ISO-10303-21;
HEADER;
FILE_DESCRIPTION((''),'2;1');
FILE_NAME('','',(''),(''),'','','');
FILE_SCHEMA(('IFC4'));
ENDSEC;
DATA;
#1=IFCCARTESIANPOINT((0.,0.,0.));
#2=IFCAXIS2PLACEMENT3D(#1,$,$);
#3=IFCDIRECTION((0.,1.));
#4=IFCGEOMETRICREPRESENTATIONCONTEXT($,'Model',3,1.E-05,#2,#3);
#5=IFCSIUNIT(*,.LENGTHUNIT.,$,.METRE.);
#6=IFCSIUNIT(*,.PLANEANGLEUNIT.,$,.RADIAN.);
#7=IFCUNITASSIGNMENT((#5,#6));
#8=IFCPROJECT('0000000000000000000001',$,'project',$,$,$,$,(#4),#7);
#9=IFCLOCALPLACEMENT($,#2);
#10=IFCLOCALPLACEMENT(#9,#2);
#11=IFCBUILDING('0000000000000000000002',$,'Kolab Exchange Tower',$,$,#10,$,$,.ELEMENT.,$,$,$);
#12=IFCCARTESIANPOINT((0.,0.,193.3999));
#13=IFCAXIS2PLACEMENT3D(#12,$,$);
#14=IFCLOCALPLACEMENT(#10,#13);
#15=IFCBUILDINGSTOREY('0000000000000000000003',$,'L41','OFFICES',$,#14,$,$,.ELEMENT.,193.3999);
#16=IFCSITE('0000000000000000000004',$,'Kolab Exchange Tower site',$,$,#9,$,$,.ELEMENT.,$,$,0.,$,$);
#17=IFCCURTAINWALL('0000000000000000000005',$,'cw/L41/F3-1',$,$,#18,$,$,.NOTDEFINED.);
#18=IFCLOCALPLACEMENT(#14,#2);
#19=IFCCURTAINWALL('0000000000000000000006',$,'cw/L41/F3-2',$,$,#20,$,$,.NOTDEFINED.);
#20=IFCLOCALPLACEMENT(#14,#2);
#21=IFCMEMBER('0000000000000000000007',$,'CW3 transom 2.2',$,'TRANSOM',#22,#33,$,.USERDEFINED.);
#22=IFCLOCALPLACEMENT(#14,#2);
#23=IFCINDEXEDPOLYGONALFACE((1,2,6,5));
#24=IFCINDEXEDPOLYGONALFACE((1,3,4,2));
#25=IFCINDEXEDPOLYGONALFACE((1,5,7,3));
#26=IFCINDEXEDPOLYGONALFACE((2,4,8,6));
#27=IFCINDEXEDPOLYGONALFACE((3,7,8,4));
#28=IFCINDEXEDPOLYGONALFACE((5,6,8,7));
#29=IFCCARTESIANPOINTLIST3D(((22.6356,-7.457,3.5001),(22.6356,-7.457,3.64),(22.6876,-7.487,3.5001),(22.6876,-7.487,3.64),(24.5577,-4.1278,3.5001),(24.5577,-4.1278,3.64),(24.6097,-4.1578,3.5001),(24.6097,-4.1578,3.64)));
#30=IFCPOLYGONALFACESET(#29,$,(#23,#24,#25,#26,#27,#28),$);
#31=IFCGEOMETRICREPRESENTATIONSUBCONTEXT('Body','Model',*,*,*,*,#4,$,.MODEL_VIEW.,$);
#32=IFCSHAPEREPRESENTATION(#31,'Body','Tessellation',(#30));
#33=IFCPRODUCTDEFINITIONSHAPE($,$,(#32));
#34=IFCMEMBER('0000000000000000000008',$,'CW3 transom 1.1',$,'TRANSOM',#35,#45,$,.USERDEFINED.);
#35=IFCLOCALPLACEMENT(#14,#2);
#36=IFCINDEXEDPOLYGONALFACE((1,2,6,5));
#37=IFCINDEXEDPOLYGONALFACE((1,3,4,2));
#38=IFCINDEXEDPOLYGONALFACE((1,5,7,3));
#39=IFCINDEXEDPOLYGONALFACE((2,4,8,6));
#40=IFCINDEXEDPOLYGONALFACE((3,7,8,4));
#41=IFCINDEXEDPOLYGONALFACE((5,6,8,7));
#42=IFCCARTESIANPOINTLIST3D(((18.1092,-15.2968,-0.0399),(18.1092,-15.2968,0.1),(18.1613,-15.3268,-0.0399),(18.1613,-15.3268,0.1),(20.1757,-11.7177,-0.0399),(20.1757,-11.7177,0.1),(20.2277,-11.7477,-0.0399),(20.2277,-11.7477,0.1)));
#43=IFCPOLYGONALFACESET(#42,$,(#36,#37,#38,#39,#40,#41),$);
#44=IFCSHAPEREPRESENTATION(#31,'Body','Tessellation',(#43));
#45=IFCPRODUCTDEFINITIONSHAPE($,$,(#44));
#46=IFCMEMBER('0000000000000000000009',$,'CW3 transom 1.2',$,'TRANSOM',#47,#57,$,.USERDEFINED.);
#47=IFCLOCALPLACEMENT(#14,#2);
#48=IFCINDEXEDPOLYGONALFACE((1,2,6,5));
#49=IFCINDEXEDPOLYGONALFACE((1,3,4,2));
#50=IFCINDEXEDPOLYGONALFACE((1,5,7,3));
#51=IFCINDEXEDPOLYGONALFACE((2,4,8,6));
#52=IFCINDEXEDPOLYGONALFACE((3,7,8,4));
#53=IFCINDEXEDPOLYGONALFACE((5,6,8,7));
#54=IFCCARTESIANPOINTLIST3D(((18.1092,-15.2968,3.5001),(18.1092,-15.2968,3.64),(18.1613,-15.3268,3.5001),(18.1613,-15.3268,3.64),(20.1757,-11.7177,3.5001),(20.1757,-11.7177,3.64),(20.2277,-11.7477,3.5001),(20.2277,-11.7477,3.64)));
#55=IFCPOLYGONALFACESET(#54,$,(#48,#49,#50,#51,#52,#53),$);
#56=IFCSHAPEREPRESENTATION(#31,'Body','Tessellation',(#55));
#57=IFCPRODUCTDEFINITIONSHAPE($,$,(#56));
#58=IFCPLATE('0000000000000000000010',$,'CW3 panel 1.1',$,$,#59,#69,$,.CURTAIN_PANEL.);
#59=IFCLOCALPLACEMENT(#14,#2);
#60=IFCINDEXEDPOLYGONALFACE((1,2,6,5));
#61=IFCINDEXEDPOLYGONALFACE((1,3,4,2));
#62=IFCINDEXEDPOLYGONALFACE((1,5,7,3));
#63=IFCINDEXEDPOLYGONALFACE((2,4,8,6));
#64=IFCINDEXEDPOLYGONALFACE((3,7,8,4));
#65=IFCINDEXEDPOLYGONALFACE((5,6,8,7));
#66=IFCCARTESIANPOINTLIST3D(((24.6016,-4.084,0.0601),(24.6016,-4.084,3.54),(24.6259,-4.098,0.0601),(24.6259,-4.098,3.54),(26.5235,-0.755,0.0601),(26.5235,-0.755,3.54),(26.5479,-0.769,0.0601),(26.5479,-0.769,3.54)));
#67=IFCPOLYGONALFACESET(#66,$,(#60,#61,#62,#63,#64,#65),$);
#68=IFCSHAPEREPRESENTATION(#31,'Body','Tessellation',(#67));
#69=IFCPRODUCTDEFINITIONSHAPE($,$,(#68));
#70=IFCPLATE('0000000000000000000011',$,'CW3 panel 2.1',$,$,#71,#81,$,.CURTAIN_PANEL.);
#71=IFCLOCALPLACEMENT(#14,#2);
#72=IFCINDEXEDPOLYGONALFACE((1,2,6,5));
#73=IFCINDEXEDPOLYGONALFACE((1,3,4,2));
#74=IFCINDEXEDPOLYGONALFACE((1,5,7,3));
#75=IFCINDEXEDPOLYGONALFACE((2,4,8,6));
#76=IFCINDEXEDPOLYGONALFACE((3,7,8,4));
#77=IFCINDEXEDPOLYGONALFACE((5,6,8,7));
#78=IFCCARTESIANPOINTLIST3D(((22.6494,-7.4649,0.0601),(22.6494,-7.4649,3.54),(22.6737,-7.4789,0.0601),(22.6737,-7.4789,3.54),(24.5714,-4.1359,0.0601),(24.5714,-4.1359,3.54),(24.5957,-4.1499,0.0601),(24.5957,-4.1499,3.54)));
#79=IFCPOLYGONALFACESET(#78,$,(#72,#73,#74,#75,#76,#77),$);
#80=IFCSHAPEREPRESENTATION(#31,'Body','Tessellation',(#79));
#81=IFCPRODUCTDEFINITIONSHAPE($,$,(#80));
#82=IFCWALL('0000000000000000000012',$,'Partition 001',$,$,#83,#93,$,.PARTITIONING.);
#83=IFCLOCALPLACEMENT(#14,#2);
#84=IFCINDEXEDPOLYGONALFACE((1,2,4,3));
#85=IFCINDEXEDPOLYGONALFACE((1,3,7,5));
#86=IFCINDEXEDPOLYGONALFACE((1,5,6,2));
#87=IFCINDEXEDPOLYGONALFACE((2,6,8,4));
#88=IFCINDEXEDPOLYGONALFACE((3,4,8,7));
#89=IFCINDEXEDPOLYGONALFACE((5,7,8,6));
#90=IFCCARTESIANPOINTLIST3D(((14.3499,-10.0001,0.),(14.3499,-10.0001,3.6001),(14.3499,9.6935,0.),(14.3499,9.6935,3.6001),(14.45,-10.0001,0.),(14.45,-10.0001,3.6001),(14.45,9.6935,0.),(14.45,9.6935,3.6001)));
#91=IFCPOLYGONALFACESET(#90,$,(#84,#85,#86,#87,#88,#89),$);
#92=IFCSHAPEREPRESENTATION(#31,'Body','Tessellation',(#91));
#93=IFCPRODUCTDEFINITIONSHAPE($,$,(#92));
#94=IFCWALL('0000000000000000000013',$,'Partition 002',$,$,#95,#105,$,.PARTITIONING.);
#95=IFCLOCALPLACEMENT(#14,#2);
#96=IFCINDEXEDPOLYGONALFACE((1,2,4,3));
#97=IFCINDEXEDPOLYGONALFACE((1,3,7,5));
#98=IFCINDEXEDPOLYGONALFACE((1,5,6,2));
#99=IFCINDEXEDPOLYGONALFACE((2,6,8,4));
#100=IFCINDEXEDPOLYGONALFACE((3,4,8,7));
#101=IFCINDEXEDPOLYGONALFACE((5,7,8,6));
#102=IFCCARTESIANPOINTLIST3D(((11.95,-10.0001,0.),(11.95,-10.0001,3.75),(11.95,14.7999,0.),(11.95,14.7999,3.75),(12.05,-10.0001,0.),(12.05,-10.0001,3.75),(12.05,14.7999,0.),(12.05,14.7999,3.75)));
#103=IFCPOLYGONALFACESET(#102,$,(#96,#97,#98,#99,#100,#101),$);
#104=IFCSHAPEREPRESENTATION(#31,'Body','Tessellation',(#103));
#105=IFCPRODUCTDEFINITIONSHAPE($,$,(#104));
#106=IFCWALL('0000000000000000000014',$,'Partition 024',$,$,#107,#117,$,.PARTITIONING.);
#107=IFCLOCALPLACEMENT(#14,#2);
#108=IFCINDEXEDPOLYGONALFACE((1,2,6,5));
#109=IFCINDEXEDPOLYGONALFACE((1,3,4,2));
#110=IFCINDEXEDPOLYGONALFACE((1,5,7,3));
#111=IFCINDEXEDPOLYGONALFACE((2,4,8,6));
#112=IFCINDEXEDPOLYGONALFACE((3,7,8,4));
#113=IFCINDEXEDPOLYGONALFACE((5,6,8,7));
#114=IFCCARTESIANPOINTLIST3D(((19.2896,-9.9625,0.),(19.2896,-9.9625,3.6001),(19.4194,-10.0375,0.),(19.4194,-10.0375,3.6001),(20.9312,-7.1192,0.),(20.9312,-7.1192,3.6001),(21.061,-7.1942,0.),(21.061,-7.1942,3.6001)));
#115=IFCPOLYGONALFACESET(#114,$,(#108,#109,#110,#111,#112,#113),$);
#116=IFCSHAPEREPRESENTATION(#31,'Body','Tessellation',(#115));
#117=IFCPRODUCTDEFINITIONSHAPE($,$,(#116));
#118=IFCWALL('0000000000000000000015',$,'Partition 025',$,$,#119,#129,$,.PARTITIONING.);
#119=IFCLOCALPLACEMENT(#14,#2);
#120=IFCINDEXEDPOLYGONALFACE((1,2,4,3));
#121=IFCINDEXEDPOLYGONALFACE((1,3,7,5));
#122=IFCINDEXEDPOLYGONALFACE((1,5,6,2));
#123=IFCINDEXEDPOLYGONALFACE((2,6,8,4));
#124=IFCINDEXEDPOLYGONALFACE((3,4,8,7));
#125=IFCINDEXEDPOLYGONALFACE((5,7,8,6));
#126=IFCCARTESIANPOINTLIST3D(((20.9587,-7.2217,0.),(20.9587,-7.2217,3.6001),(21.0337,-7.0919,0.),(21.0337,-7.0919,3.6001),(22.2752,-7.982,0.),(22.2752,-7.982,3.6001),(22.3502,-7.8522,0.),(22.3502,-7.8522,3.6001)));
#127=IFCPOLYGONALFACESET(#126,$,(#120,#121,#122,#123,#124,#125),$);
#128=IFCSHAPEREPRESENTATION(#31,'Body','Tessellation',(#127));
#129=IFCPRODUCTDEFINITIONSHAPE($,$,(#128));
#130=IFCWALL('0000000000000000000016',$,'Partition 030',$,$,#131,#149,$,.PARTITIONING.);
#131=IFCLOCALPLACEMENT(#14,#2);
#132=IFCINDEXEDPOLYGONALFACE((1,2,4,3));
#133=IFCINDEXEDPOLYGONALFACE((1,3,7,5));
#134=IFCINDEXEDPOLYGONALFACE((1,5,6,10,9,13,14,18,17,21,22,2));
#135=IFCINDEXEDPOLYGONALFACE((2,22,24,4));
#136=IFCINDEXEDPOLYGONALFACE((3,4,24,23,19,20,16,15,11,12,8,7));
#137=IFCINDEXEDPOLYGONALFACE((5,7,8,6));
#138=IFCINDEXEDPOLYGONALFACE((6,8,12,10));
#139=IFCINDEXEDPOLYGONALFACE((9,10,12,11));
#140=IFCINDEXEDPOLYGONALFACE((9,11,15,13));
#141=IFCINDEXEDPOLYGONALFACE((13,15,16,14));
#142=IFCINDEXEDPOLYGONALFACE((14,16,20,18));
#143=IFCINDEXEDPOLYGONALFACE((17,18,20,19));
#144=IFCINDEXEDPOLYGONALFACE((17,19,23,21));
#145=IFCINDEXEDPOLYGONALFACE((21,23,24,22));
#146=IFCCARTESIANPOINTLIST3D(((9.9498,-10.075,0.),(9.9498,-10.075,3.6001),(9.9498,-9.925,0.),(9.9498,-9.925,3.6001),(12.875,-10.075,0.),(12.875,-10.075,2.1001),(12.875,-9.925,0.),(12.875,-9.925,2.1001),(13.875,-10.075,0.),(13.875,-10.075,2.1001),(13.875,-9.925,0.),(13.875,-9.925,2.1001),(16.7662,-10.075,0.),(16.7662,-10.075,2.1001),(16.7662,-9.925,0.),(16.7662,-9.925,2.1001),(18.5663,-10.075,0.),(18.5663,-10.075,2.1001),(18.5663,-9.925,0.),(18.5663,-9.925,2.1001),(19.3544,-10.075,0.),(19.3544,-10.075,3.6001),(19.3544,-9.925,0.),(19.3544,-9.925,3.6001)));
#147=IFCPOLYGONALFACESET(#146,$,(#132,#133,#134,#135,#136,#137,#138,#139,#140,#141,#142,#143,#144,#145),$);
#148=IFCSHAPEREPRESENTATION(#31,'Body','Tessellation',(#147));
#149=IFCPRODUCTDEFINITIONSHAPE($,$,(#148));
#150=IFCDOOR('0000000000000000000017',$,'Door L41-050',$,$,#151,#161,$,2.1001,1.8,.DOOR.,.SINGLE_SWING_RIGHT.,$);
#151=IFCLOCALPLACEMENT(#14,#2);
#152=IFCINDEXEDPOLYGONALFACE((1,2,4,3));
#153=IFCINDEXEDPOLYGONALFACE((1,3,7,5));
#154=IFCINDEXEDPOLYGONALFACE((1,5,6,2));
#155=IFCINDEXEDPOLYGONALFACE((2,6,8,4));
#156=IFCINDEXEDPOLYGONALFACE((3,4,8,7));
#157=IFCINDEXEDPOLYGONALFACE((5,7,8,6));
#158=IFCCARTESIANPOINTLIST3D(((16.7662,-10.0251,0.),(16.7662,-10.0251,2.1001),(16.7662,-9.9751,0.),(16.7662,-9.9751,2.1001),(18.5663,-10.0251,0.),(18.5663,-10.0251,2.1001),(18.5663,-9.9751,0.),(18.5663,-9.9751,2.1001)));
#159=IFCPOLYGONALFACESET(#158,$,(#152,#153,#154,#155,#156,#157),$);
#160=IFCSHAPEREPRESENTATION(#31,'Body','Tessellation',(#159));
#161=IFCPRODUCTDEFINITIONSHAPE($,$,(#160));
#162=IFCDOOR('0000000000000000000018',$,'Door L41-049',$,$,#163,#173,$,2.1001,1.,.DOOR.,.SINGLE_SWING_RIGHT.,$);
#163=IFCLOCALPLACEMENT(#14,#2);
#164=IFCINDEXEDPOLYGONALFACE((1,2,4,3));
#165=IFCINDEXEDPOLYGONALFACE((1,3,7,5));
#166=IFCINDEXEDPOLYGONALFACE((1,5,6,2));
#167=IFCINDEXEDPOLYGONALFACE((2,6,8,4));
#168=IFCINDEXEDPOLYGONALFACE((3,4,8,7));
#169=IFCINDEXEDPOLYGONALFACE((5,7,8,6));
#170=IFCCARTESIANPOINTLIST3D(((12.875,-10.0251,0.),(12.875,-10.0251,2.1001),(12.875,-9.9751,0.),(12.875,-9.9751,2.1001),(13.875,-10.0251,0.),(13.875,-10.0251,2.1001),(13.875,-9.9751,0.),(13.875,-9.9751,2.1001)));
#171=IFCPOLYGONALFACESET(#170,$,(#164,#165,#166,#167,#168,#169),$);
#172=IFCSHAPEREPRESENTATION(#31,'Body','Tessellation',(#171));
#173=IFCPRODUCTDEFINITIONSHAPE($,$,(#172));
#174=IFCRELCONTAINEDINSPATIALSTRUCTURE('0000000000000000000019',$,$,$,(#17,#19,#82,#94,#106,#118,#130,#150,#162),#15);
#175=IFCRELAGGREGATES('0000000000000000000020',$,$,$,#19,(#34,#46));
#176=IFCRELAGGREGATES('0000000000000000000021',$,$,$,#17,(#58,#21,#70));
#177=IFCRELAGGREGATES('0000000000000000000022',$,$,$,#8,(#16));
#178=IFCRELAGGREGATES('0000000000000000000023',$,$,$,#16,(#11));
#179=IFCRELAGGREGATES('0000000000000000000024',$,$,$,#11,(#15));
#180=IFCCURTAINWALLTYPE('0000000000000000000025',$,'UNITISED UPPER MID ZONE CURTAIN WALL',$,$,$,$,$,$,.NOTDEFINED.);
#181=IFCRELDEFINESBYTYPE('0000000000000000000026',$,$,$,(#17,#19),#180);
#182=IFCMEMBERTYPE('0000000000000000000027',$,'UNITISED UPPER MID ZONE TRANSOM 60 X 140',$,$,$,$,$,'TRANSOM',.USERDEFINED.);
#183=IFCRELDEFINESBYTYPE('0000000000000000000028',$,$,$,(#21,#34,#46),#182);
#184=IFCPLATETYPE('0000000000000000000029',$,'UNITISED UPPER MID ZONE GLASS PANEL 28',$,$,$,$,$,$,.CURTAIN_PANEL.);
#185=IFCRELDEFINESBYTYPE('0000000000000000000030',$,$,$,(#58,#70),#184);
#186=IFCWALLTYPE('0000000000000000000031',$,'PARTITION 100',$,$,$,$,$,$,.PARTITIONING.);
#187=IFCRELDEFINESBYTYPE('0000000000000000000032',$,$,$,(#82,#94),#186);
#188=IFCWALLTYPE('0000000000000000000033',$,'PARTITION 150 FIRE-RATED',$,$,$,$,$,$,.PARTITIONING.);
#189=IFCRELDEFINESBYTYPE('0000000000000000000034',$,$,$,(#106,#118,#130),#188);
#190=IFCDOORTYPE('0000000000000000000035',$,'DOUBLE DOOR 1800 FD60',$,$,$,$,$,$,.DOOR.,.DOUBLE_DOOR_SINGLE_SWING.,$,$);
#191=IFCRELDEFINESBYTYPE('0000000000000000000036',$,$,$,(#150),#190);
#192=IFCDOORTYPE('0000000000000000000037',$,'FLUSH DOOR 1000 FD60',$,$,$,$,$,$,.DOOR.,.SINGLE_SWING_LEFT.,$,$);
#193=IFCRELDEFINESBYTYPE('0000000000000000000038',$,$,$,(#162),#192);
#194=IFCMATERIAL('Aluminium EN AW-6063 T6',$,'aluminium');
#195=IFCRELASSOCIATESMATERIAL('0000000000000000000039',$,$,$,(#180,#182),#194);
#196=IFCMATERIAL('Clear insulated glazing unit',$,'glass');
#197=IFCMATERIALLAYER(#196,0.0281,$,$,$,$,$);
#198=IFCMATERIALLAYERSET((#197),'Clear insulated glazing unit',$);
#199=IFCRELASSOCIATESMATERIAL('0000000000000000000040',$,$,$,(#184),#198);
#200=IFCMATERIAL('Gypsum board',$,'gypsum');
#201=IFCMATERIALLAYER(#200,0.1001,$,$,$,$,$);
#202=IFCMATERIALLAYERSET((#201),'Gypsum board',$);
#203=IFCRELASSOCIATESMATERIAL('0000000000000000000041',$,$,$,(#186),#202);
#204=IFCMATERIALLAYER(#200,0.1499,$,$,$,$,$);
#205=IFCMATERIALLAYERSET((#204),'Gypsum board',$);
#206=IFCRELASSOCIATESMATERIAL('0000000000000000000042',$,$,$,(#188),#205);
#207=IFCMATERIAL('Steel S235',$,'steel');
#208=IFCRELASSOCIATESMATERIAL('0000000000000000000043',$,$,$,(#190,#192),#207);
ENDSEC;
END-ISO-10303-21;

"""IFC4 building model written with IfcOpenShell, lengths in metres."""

from ifc_helpers import new_model, si_unit, direction, frame, frame_2d, origin, origin_2d, place, context, subcontext, project, spatial, rectangle, extrude, material, layer, layer_set, material_profile, profile_set, type_object, element, fill, aggregate, save


model = new_model("IFC4")

# Units and contexts
model_context = context("Model", 3, precision=1e-05, world=origin(), true_north=direction((0.0, 1.0)))
body_context = subcontext(model_context, "Body", "Model", "MODEL_VIEW")
ifc_project = project(units=[si_unit("LENGTHUNIT", "METRE"), si_unit("PLANEANGLEUNIT", "RADIAN")], contexts=[model_context])

# Site, building, storey
site_placement = place(None, origin())
site = spatial("IfcSite", under=ifc_project, at=site_placement, Name="Kolab Exchange Tower site", CompositionType="ELEMENT", RefElevation=0.0)
building_placement = place(site_placement, origin())
building = spatial("IfcBuilding", under=site, at=building_placement, Name="Kolab Exchange Tower", CompositionType="ELEMENT")
storey_placement = place(building_placement, frame((0.0, 0.0, 193.3999)))
storey = spatial("IfcBuildingStorey", under=building, at=storey_placement, Name="L41", Description="OFFICES", CompositionType="ELEMENT", Elevation=193.3999)

# Curtain wall
ifc_material_1 = material(Name="Aluminium EN AW-6063 T6", Category="aluminium")
curtain_wall_type = type_object("IfcCurtainWallType", Name="UNITISED UPPER MID ZONE CURTAIN WALL", PredefinedType="NOTDEFINED", material=ifc_material_1)
curtain_wall_1_placement = place(storey_placement, origin())
curtain_wall_1 = element("IfcCurtainWall", 1, at=curtain_wall_1_placement, inside=storey, type_object=curtain_wall_type, Name="cw/L41/F3-1", PredefinedType="NOTDEFINED")

# Curtain wall
curtain_wall_2_placement = place(storey_placement, origin())
curtain_wall_2 = element("IfcCurtainWall", 2, at=curtain_wall_2_placement, inside=storey, type_object=curtain_wall_type, Name="cw/L41/F3-2", PredefinedType="NOTDEFINED")

# Members
ifc_material_profile_1 = material_profile(ifc_material_1, rectangle(XDim=0.0601, YDim=0.1399, at=origin_2d()), Name="RECT 60X140")
ifc_profile_set_1 = profile_set([ifc_material_profile_1], Name="Aluminium EN AW-6063 T6")
member_type_1 = type_object("IfcMemberType", Name="UNITISED UPPER MID ZONE TRANSOM 60 X 140", ElementType="TRANSOM", PredefinedType="USERDEFINED", material=ifc_profile_set_1)
member_1_placement = place(storey_placement, frame((24.5837, -4.1428, 3.5701), z_axis=(-0.500012, -0.866018, 0.0), x_axis=(0.866018, -0.500012, 0.0)))
member_1 = element("IfcMember", 3, at=member_1_placement, type_object=member_type_1, Name="CW3 transom 2.2", ObjectType="TRANSOM", PredefinedType="USERDEFINED", context=body_context, shape_type="SweptSolid", body=[
    extrude(rectangle(XDim=0.0601, YDim=0.1399, at=origin_2d()), origin(), (0.0, 0.0, 1.0), 3.8442),
])
member_2_placement = place(storey_placement, frame((20.2017, -11.7327, 0.03), z_axis=(-0.500002, -0.866024, 0.0), x_axis=(0.866024, -0.500002, 0.0)))
member_2 = element("IfcMember", 4, at=member_2_placement, type_object=member_type_1, Name="CW3 transom 1.1", ObjectType="TRANSOM", PredefinedType="USERDEFINED", context=body_context, shape_type="SweptSolid", body=[
    extrude(rectangle(XDim=0.0601, YDim=0.1399, at=origin_2d()), origin(), (0.0, 0.0, 1.0), 4.1328),
])
member_3_placement = place(storey_placement, frame((20.2017, -11.7327, 3.5701), z_axis=(-0.500002, -0.866024, 0.0), x_axis=(0.866024, -0.500002, 0.0)))
member_3 = element("IfcMember", 5, at=member_3_placement, type_object=member_type_1, Name="CW3 transom 1.2", ObjectType="TRANSOM", PredefinedType="USERDEFINED", context=body_context, shape_type="SweptSolid", body=[
    extrude(rectangle(XDim=0.0601, YDim=0.1399, at=origin_2d()), origin(), (0.0, 0.0, 1.0), 4.1328),
])
aggregate(curtain_wall_2, [member_2, member_3])

# Plates
ifc_material_2 = material(Name="Clear insulated glazing unit", Category="glass")
ifc_layer_1 = layer(ifc_material_2, 0.0281)
ifc_layer_set_1 = layer_set([ifc_layer_1], Name="Clear insulated glazing unit")
plate_type = type_object("IfcPlateType", Name="UNITISED UPPER MID ZONE GLASS PANEL 28", PredefinedType="CURTAIN_PANEL", material=ifc_layer_set_1)
plate_1_placement = place(storey_placement, frame((25.5747, -2.4265, 0.0601), z_axis=(0.0, 0.0, 1.0), x_axis=(-0.5, -0.866025, 0.0)))
plate_1 = element("IfcPlate", 6, at=plate_1_placement, type_object=plate_type, Name="CW3 panel 1.1", PredefinedType="CURTAIN_PANEL", context=body_context, shape_type="SweptSolid", body=[
    extrude(rectangle(XDim=3.844, YDim=0.0281, at=origin_2d()), origin(), (0.0, 0.0, 1.0), 3.48),
])
plate_2_placement = place(storey_placement, frame((23.6226, -5.8074, 0.0601), z_axis=(0.0, 0.0, 1.0), x_axis=(-0.5, -0.866025, 0.0)))
plate_2 = element("IfcPlate", 7, at=plate_2_placement, type_object=plate_type, Name="CW3 panel 2.1", PredefinedType="CURTAIN_PANEL", context=body_context, shape_type="SweptSolid", body=[
    extrude(rectangle(XDim=3.844, YDim=0.0281, at=origin_2d()), origin(), (0.0, 0.0, 1.0), 3.48),
])
aggregate(curtain_wall_1, [plate_1, member_1, plate_2])

# Walls
ifc_material_3 = material(Name="Gypsum board", Category="gypsum")
ifc_layer_2 = layer(ifc_material_3, 0.1001)
ifc_layer_set_2 = layer_set([ifc_layer_2], Name="Gypsum board")
wall_type_1 = type_object("IfcWallType", Name="PARTITION 100", PredefinedType="PARTITIONING", material=ifc_layer_set_2)
wall_1_placement = place(storey_placement, frame((14.3999, -10.0, 0.0), z_axis=(0.0, 0.0, 1.0), x_axis=(0.0, 1.0, 0.0)))
element("IfcWall", 8, at=wall_1_placement, inside=storey, type_object=wall_type_1, Name="Partition 001", PredefinedType="PARTITIONING", context=body_context, shape_type="SweptSolid", body=[
    extrude(rectangle(XDim=19.6936, YDim=0.1001, at=frame_2d((9.8467, 0.0))), origin(), (0.0, 0.0, 1.0), 3.6001),
])
wall_2_placement = place(storey_placement, frame((12.0, -10.0, 0.0), z_axis=(0.0, 0.0, 1.0), x_axis=(0.0, 1.0, 0.0)))
element("IfcWall", 9, at=wall_2_placement, inside=storey, type_object=wall_type_1, Name="Partition 002", PredefinedType="PARTITIONING", context=body_context, shape_type="SweptSolid", body=[
    extrude(rectangle(XDim=24.8, YDim=0.1001, at=frame_2d((12.3999, 0.0))), origin(), (0.0, 0.0, 1.0), 3.75),
])
ifc_layer_3 = layer(ifc_material_3, 0.1499)
ifc_layer_set_3 = layer_set([ifc_layer_3], Name="Gypsum board")
wall_type_2 = type_object("IfcWallType", Name="PARTITION 150 FIRE-RATED", PredefinedType="PARTITIONING", material=ifc_layer_set_3)
wall_3_placement = place(storey_placement, frame((19.3545, -10.0, 0.0), z_axis=(0.0, 0.0, 1.0), x_axis=(0.50001, 0.86602, 0.0)))
element("IfcWall", 10, at=wall_3_placement, inside=storey, type_object=wall_type_2, Name="Partition 024", PredefinedType="PARTITIONING", context=body_context, shape_type="SweptSolid", body=[
    extrude(rectangle(XDim=3.2832, YDim=0.1499, at=frame_2d((1.6416, 0.0))), origin(), (0.0, 0.0, 1.0), 3.6001),
])
wall_4_placement = place(storey_placement, frame((20.9961, -7.1567, 0.0), z_axis=(0.0, 0.0, 1.0), x_axis=(0.865961, -0.500112, 0.0)))
element("IfcWall", 11, at=wall_4_placement, inside=storey, type_object=wall_type_2, Name="Partition 025", PredefinedType="PARTITIONING", context=body_context, shape_type="SweptSolid", body=[
    extrude(rectangle(XDim=1.5203, YDim=0.1499, at=frame_2d((0.7603, 0.0))), origin(), (0.0, 0.0, 1.0), 3.6001),
])

# Wall, openings, doors
wall_5_placement = place(storey_placement, frame((9.95, -10.0, 0.0), z_axis=(0.0, 0.0, 1.0), x_axis=(1.0, 0.0, 0.0)))
wall_5 = element("IfcWall", 12, at=wall_5_placement, inside=storey, type_object=wall_type_2, Name="Partition 030", PredefinedType="PARTITIONING", context=body_context, shape_type="SweptSolid", body=[
    extrude(rectangle(XDim=9.4045, YDim=0.1499, at=frame_2d((4.7021, 0.0))), origin(), (0.0, 0.0, 1.0), 3.6001),
])
opening_1_placement = place(wall_5_placement, frame((2.925, 0.0, 0.0)))
opening_1 = element("IfcOpeningElement", 13, at=opening_1_placement, cuts=wall_5, PredefinedType="OPENING", context=body_context, shape_type="SweptSolid", body=[
    extrude(rectangle(XDim=1.0, YDim=2.1001, at=frame_2d((0.5, 1.05))), frame((0.0, 0.085, 0.0), z_axis=(0.0, -1.0, 0.0), x_axis=(1.0, 0.0, 0.0)), (0.0, 0.0, 1.0), 0.1699),
])
opening_2_placement = place(wall_5_placement, frame((6.8164, 0.0, 0.0)))
opening_2 = element("IfcOpeningElement", 14, at=opening_2_placement, cuts=wall_5, PredefinedType="OPENING", context=body_context, shape_type="SweptSolid", body=[
    extrude(rectangle(XDim=1.8, YDim=2.1001, at=frame_2d((0.8999, 1.05))), frame((0.0, 0.085, 0.0), z_axis=(0.0, -1.0, 0.0), x_axis=(1.0, 0.0, 0.0)), (0.0, 0.0, 1.0), 0.1699),
])
ifc_material_4 = material(Name="Steel S235", Category="steel")
door_type_1 = type_object("IfcDoorType", Name="DOUBLE DOOR 1800 FD60", OperationType="DOUBLE_DOOR_SINGLE_SWING", PredefinedType="DOOR", material=ifc_material_4)
door_1_placement = place(opening_2_placement, origin())
door_1 = element("IfcDoor", 15, at=door_1_placement, inside=storey, type_object=door_type_1, Name="Door L41-050", OperationType="SINGLE_SWING_RIGHT", OverallHeight=2.1001, OverallWidth=1.8, PredefinedType="DOOR", context=body_context, shape_type="SweptSolid", body=[
    extrude(rectangle(XDim=1.8, YDim=2.1001, at=frame_2d((0.8999, 1.05))), frame((0.0, 0.0249, 0.0), z_axis=(0.0, -1.0, 0.0), x_axis=(1.0, 0.0, 0.0)), (0.0, 0.0, 1.0), 0.05),
])
fill(opening_2, door_1)
door_type_2 = type_object("IfcDoorType", Name="FLUSH DOOR 1000 FD60", OperationType="SINGLE_SWING_LEFT", PredefinedType="DOOR", material=ifc_material_4)
door_2_placement = place(opening_1_placement, origin())
door_2 = element("IfcDoor", 16, at=door_2_placement, inside=storey, type_object=door_type_2, Name="Door L41-049", OperationType="SINGLE_SWING_RIGHT", OverallHeight=2.1001, OverallWidth=1.0, PredefinedType="DOOR", context=body_context, shape_type="SweptSolid", body=[
    extrude(rectangle(XDim=1.0, YDim=2.1001, at=frame_2d((0.5, 1.05))), frame((0.0, 0.0249, 0.0), z_axis=(0.0, -1.0, 0.0), x_axis=(1.0, 0.0, 0.0)), (0.0, 0.0, 1.0), 0.05),
])
fill(opening_1, door_2)

save(model, "model.ifc")
